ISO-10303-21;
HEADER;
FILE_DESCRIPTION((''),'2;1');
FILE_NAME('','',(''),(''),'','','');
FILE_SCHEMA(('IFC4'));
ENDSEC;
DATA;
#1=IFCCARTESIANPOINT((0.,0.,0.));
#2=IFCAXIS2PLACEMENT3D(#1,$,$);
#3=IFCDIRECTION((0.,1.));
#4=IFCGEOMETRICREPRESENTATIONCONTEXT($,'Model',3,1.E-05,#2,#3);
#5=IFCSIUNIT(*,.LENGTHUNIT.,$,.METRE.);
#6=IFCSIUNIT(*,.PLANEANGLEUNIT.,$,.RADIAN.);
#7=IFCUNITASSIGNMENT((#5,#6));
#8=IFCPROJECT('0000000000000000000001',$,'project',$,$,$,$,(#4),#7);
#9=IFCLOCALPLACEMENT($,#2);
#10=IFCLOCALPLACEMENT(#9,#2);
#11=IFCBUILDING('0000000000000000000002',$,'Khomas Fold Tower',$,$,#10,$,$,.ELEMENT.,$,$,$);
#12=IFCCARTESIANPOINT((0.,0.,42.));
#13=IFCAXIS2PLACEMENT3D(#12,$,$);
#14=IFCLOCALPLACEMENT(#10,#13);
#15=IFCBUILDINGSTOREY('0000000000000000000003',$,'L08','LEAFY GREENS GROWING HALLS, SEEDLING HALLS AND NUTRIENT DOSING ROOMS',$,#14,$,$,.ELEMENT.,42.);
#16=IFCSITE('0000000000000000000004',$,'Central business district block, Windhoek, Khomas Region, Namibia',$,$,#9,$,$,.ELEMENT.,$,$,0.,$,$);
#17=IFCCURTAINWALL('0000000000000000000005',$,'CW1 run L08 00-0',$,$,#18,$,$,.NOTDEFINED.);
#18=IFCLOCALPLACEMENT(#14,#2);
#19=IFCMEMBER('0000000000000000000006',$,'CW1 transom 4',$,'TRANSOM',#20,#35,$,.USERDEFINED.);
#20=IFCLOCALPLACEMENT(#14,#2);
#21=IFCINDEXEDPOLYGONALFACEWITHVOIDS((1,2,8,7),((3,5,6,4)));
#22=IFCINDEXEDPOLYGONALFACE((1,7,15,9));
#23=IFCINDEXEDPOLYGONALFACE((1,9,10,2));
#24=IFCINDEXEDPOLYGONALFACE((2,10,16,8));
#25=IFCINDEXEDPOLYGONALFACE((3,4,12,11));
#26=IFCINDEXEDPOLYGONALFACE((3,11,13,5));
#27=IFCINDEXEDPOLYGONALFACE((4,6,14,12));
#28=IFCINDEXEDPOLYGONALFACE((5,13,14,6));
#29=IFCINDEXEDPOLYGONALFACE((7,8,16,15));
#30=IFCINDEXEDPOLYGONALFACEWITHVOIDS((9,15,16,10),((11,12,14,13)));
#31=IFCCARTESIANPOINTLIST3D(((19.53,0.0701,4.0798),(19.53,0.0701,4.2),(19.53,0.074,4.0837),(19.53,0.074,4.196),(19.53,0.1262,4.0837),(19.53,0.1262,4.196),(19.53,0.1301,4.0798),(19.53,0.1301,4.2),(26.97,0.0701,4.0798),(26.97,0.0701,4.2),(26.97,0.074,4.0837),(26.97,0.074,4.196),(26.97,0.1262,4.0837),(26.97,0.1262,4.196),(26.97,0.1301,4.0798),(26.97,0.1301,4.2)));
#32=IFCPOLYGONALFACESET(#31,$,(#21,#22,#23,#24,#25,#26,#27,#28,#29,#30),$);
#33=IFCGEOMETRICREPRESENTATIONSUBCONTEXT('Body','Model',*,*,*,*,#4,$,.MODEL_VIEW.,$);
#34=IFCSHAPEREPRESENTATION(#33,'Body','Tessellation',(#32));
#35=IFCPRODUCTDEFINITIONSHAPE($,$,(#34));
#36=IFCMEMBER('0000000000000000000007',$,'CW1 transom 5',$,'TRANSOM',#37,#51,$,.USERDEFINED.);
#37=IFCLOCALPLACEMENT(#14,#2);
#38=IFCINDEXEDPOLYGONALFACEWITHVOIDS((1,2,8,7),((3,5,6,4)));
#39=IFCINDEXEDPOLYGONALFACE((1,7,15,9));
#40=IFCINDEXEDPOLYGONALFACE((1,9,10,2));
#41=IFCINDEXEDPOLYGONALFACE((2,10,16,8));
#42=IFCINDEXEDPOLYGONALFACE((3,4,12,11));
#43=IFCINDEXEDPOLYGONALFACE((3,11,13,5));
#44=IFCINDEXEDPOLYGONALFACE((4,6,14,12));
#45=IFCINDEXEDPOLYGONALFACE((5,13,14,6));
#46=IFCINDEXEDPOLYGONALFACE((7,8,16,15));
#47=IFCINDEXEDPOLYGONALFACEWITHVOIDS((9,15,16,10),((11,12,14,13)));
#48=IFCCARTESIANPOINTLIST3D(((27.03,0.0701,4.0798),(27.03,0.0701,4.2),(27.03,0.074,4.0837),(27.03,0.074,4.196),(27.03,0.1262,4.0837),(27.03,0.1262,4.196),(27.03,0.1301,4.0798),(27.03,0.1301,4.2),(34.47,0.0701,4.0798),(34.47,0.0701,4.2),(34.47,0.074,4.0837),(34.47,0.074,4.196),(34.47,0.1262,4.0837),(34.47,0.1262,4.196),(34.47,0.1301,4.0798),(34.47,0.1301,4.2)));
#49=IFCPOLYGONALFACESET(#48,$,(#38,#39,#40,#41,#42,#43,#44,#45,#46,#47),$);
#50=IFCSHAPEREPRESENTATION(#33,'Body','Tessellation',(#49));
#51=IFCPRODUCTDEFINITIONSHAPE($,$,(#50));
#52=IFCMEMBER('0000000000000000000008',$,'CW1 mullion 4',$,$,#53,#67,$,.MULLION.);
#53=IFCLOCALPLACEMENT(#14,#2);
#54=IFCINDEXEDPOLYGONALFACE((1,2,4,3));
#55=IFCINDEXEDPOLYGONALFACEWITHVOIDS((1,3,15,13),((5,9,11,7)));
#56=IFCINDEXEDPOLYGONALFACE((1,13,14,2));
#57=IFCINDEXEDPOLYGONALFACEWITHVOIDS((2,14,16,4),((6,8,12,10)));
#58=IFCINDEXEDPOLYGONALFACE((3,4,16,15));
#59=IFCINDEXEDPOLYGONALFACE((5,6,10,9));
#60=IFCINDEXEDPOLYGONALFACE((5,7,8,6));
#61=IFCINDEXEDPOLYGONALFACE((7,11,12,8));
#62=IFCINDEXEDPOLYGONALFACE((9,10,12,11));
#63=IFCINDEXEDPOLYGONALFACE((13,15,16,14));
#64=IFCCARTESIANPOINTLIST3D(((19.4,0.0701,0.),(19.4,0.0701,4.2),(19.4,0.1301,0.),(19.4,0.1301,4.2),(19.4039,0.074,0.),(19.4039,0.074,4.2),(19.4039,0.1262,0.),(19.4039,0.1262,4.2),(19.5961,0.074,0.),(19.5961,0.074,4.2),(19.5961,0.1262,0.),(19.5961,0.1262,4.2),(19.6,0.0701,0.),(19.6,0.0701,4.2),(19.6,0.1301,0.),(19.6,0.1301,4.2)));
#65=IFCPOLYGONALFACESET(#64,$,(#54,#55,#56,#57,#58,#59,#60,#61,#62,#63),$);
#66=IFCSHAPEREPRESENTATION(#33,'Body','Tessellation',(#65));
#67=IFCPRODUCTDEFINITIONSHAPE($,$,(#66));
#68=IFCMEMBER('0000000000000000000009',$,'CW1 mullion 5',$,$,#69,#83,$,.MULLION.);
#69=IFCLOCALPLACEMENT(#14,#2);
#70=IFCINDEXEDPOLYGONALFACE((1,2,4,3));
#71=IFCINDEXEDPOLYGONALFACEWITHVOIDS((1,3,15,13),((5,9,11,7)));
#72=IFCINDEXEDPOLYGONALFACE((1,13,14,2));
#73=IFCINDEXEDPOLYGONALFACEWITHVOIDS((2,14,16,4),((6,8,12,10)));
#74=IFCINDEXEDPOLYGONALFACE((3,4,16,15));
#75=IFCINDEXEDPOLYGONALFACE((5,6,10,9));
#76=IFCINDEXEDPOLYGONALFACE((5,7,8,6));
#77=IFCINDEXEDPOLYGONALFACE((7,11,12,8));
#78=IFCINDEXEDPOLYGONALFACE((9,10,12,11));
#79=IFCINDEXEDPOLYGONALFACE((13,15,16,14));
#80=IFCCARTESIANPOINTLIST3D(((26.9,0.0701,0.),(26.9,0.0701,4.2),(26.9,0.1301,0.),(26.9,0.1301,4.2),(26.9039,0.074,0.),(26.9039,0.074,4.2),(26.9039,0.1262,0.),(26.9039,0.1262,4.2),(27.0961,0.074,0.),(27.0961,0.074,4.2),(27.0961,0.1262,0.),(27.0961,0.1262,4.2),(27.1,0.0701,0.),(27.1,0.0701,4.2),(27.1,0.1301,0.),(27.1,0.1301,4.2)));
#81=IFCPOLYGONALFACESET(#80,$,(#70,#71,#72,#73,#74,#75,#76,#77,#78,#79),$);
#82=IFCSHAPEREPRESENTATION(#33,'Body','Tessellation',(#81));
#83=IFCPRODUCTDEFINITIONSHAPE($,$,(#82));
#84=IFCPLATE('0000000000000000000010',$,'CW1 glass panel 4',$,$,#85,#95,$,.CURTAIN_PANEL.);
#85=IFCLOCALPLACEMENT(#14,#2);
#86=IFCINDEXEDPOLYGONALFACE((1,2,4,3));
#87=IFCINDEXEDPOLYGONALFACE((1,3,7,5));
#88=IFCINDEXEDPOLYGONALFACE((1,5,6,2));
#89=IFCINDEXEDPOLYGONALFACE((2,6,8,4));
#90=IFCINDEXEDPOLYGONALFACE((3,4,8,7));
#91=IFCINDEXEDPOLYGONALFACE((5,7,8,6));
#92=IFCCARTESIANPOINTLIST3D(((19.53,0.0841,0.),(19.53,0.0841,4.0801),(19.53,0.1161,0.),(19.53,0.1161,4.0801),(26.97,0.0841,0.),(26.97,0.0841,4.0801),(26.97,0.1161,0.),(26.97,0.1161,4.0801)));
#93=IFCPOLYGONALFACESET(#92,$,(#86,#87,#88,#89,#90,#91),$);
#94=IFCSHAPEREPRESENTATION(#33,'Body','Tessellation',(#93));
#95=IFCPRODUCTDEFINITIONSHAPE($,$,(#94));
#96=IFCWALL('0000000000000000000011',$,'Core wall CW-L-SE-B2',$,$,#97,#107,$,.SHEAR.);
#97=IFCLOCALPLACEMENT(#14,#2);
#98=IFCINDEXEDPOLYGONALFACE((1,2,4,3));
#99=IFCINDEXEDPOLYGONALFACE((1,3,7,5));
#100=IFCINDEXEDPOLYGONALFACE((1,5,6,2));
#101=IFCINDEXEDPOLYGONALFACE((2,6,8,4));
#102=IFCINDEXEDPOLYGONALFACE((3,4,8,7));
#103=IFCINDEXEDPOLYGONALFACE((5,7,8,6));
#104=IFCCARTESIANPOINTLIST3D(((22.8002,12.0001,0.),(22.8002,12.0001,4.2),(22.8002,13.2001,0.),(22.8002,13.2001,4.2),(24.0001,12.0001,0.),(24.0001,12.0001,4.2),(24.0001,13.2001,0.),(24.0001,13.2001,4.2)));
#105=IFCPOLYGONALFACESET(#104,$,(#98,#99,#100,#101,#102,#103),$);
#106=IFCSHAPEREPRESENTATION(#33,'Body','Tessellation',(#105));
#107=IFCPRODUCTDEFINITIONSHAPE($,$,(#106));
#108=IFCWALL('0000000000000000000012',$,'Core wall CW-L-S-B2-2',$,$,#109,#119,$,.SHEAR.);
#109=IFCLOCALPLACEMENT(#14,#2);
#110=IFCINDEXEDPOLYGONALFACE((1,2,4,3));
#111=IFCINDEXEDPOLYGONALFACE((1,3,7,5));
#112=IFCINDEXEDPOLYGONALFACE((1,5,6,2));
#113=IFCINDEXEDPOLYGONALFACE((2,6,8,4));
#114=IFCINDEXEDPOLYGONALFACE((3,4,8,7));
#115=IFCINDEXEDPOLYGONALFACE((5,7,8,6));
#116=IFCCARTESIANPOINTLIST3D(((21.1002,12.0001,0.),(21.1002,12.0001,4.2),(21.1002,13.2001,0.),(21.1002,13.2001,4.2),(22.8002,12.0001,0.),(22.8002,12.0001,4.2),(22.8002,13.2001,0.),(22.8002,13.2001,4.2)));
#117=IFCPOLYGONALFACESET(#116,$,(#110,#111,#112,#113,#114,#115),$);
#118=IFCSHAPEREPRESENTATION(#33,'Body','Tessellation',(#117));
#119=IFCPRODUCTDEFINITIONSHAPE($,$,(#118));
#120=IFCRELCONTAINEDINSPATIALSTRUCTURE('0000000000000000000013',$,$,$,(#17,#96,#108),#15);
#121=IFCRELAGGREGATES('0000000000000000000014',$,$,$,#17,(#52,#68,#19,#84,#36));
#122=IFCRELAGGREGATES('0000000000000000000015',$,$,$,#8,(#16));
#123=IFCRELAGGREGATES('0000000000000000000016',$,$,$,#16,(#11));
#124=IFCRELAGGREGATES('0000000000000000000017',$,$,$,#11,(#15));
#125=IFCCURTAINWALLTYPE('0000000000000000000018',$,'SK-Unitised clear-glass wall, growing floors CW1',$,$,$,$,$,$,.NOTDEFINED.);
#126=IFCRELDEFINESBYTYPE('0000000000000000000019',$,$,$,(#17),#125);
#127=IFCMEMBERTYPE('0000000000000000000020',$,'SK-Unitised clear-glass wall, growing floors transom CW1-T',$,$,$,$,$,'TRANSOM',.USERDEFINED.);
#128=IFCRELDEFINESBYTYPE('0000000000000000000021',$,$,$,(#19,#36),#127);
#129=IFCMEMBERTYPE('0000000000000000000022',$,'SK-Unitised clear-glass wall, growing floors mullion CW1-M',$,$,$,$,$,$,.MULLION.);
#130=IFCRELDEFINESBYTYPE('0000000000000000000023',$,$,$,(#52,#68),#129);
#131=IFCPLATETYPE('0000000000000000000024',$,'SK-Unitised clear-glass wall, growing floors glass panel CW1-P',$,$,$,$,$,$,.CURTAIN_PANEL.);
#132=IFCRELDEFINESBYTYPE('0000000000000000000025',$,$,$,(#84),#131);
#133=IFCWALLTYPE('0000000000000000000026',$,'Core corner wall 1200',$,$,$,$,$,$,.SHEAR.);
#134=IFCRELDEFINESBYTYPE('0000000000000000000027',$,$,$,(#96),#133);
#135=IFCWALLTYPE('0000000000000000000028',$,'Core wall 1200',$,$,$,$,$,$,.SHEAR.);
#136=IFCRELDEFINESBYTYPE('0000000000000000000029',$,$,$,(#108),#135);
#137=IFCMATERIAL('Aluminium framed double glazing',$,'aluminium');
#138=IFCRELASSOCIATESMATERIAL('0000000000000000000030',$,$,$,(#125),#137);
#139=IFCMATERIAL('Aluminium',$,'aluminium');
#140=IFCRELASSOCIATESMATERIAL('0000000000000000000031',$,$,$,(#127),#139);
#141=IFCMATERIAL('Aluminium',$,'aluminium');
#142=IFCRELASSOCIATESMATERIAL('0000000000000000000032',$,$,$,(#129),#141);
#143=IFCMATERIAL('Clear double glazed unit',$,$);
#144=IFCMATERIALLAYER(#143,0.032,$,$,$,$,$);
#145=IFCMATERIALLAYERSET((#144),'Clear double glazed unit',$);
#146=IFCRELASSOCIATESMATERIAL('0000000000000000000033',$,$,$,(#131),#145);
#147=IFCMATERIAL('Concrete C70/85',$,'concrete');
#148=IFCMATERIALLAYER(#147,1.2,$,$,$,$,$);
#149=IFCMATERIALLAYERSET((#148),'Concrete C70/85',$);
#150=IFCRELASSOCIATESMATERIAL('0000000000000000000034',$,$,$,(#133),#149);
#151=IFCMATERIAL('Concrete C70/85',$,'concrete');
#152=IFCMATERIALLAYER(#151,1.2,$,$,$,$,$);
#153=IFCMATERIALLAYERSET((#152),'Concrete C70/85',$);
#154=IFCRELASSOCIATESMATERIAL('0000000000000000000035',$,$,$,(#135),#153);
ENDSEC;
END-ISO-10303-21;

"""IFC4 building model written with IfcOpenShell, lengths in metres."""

from ifc_helpers import new_model, si_unit, direction, frame, frame_2d, origin, origin_2d, place, context, subcontext, project, spatial, rectangle, hollow_rectangle, extrude, source, transform, mapped, material, layer, layer_set, material_profile, profile_set, type_object, element, aggregate, save


model = new_model("IFC4")

# Units and contexts
model_context = context("Model", 3, precision=1e-05, world=origin(), true_north=direction((0.0, 1.0)))
body_context = subcontext(model_context, "Body", "Model", "MODEL_VIEW")
ifc_project = project(units=[si_unit("LENGTHUNIT", "METRE"), si_unit("PLANEANGLEUNIT", "RADIAN")], contexts=[model_context])

# Site, building, storey
site_placement = place(None, origin())
site = spatial("IfcSite", under=ifc_project, at=site_placement, Name="Central business district block, Windhoek, Khomas Region, Namibia", CompositionType="ELEMENT", RefElevation=0.0)
building_placement = place(site_placement, origin())
building = spatial("IfcBuilding", under=site, at=building_placement, Name="Khomas Fold Tower", CompositionType="ELEMENT")
storey_placement = place(building_placement, frame((0.0, 0.0, 42.0)))
storey = spatial("IfcBuildingStorey", under=building, at=storey_placement, Name="L08", Description="LEAFY GREENS GROWING HALLS, SEEDLING HALLS AND NUTRIENT DOSING ROOMS", CompositionType="ELEMENT", Elevation=42.0)

# Curtain wall, members, plate
ifc_material_1 = material(Name="Aluminium framed double glazing", Category="aluminium")
curtain_wall_type = type_object("IfcCurtainWallType", Name="SK-Unitised clear-glass wall, growing floors CW1", PredefinedType="NOTDEFINED", material=ifc_material_1)
curtain_wall_placement = place(storey_placement, origin())
curtain_wall = element("IfcCurtainWall", 1, at=curtain_wall_placement, inside=storey, type_object=curtain_wall_type, Name="CW1 run L08 00-0", PredefinedType="NOTDEFINED")
ifc_material_2 = material(Name="Aluminium", Category="aluminium")
ifc_material_profile_1 = material_profile(ifc_material_2, hollow_rectangle(XDim=0.0601, YDim=0.1201, WallThickness=0.0039, at=origin_2d()), Name="SK-Unitised clear-glass wall, growing floors transom CW1-T")
ifc_profile_set_1 = profile_set([ifc_material_profile_1], Name="Aluminium")
member_type_1 = type_object("IfcMemberType", Name="SK-Unitised clear-glass wall, growing floors transom CW1-T", ElementType="TRANSOM", PredefinedType="USERDEFINED", material=ifc_profile_set_1)
shared_shape_1 = source(origin(), body_context, "Body", "SweptSolid", [
    extrude(hollow_rectangle(XDim=0.0601, YDim=0.1201, WallThickness=0.0039, at=origin_2d()), origin(), (0.0, 0.0, 1.0), 7.4399),
])
member_1_placement = place(storey_placement, frame((19.53, 0.1001, 4.1399), z_axis=(1.0, 0.0, 0.0), x_axis=(0.0, 1.0, 0.0)))
member_1 = element("IfcMember", 2, at=member_1_placement, type_object=member_type_1, Name="CW1 transom 4", ObjectType="TRANSOM", PredefinedType="USERDEFINED", context=body_context, shape_type="MappedRepresentation", body=[
    mapped(shared_shape_1, transform((0.0, 0.0, 0.0))),
])
member_2_placement = place(storey_placement, frame((27.03, 0.1001, 4.1399), z_axis=(1.0, 0.0, 0.0), x_axis=(0.0, 1.0, 0.0)))
member_2 = element("IfcMember", 3, at=member_2_placement, type_object=member_type_1, Name="CW1 transom 5", ObjectType="TRANSOM", PredefinedType="USERDEFINED", context=body_context, shape_type="MappedRepresentation", body=[
    mapped(shared_shape_1, transform((0.0, 0.0, 0.0))),
])
ifc_material_3 = material(Name="Aluminium", Category="aluminium")
ifc_material_profile_2 = material_profile(ifc_material_3, hollow_rectangle(XDim=0.0601, YDim=0.2, WallThickness=0.0039, at=origin_2d()), Name="SK-Unitised clear-glass wall, growing floors mullion CW1-M")
ifc_profile_set_2 = profile_set([ifc_material_profile_2], Name="Aluminium")
member_type_2 = type_object("IfcMemberType", Name="SK-Unitised clear-glass wall, growing floors mullion CW1-M", PredefinedType="MULLION", material=ifc_profile_set_2)
shared_shape_2 = source(origin(), body_context, "Body", "SweptSolid", [
    extrude(hollow_rectangle(XDim=0.0601, YDim=0.2, WallThickness=0.0039, at=origin_2d()), origin(), (0.0, 0.0, 1.0), 4.2),
])
member_3_placement = place(storey_placement, frame((19.5, 0.1001, 0.0), z_axis=(0.0, 0.0, 1.0), x_axis=(0.0, 1.0, 0.0)))
member_3 = element("IfcMember", 4, at=member_3_placement, type_object=member_type_2, Name="CW1 mullion 4", PredefinedType="MULLION", context=body_context, shape_type="MappedRepresentation", body=[
    mapped(shared_shape_2, transform((0.0, 0.0, 0.0))),
])
member_4_placement = place(storey_placement, frame((27.0, 0.1001, 0.0), z_axis=(0.0, 0.0, 1.0), x_axis=(0.0, 1.0, 0.0)))
member_4 = element("IfcMember", 5, at=member_4_placement, type_object=member_type_2, Name="CW1 mullion 5", PredefinedType="MULLION", context=body_context, shape_type="MappedRepresentation", body=[
    mapped(shared_shape_2, transform((0.0, 0.0, 0.0))),
])
ifc_material_4 = material(Name="Clear double glazed unit")
ifc_layer_1 = layer(ifc_material_4, 0.032)
ifc_layer_set_1 = layer_set([ifc_layer_1], Name="Clear double glazed unit")
plate_type = type_object("IfcPlateType", Name="SK-Unitised clear-glass wall, growing floors glass panel CW1-P", PredefinedType="CURTAIN_PANEL", material=ifc_layer_set_1)
shared_shape_3 = source(origin(), body_context, "Body", "SweptSolid", [
    extrude(rectangle(XDim=7.4399, YDim=0.032, at=origin_2d()), origin(), (0.0, 0.0, 1.0), 4.0801),
])
plate_placement = place(storey_placement, frame((23.25, 0.1001, 0.0), z_axis=(0.0, 0.0, 1.0), x_axis=(1.0, 0.0, 0.0)))
plate = element("IfcPlate", 6, at=plate_placement, type_object=plate_type, Name="CW1 glass panel 4", PredefinedType="CURTAIN_PANEL", context=body_context, shape_type="MappedRepresentation", body=[
    mapped(shared_shape_3, transform((0.0, 0.0, 0.0))),
])
aggregate(curtain_wall, [member_3, member_4, member_1, plate, member_2])

# Walls
ifc_material_5 = material(Name="Concrete C70/85", Category="concrete")
ifc_layer_2 = layer(ifc_material_5, 1.2)
ifc_layer_set_2 = layer_set([ifc_layer_2], Name="Concrete C70/85")
wall_type_1 = type_object("IfcWallType", Name="Core corner wall 1200", PredefinedType="SHEAR", material=ifc_layer_set_2)
shared_shape_4 = source(origin(), body_context, "Body", "SweptSolid", [
    extrude(rectangle(XDim=1.2, YDim=1.2, at=frame_2d((0.6001, 0.0))), origin(), (0.0, 0.0, 1.0), 4.2),
])
wall_1_placement = place(storey_placement, frame((22.8, 12.6001, 0.0), z_axis=(0.0, 0.0, 1.0), x_axis=(1.0, 0.0, 0.0)))
element("IfcWall", 7, at=wall_1_placement, inside=storey, type_object=wall_type_1, Name="Core wall CW-L-SE-B2", PredefinedType="SHEAR", context=body_context, shape_type="MappedRepresentation", body=[
    mapped(shared_shape_4, transform((0.0, 0.0, 0.0))),
])
ifc_material_6 = material(Name="Concrete C70/85", Category="concrete")
ifc_layer_3 = layer(ifc_material_6, 1.2)
ifc_layer_set_3 = layer_set([ifc_layer_3], Name="Concrete C70/85")
wall_type_2 = type_object("IfcWallType", Name="Core wall 1200", PredefinedType="SHEAR", material=ifc_layer_set_3)
shared_shape_5 = source(origin(), body_context, "Body", "SweptSolid", [
    extrude(rectangle(XDim=1.7, YDim=1.2, at=frame_2d((0.8501, 0.0))), origin(), (0.0, 0.0, 1.0), 4.2),
])
wall_2_placement = place(storey_placement, frame((21.1001, 12.6001, 0.0), z_axis=(0.0, 0.0, 1.0), x_axis=(1.0, 0.0, 0.0)))
element("IfcWall", 8, at=wall_2_placement, inside=storey, type_object=wall_type_2, Name="Core wall CW-L-S-B2-2", PredefinedType="SHEAR", context=body_context, shape_type="MappedRepresentation", body=[
    mapped(shared_shape_5, transform((0.0, 0.0, 0.0))),
])

save(model, "model.ifc")
